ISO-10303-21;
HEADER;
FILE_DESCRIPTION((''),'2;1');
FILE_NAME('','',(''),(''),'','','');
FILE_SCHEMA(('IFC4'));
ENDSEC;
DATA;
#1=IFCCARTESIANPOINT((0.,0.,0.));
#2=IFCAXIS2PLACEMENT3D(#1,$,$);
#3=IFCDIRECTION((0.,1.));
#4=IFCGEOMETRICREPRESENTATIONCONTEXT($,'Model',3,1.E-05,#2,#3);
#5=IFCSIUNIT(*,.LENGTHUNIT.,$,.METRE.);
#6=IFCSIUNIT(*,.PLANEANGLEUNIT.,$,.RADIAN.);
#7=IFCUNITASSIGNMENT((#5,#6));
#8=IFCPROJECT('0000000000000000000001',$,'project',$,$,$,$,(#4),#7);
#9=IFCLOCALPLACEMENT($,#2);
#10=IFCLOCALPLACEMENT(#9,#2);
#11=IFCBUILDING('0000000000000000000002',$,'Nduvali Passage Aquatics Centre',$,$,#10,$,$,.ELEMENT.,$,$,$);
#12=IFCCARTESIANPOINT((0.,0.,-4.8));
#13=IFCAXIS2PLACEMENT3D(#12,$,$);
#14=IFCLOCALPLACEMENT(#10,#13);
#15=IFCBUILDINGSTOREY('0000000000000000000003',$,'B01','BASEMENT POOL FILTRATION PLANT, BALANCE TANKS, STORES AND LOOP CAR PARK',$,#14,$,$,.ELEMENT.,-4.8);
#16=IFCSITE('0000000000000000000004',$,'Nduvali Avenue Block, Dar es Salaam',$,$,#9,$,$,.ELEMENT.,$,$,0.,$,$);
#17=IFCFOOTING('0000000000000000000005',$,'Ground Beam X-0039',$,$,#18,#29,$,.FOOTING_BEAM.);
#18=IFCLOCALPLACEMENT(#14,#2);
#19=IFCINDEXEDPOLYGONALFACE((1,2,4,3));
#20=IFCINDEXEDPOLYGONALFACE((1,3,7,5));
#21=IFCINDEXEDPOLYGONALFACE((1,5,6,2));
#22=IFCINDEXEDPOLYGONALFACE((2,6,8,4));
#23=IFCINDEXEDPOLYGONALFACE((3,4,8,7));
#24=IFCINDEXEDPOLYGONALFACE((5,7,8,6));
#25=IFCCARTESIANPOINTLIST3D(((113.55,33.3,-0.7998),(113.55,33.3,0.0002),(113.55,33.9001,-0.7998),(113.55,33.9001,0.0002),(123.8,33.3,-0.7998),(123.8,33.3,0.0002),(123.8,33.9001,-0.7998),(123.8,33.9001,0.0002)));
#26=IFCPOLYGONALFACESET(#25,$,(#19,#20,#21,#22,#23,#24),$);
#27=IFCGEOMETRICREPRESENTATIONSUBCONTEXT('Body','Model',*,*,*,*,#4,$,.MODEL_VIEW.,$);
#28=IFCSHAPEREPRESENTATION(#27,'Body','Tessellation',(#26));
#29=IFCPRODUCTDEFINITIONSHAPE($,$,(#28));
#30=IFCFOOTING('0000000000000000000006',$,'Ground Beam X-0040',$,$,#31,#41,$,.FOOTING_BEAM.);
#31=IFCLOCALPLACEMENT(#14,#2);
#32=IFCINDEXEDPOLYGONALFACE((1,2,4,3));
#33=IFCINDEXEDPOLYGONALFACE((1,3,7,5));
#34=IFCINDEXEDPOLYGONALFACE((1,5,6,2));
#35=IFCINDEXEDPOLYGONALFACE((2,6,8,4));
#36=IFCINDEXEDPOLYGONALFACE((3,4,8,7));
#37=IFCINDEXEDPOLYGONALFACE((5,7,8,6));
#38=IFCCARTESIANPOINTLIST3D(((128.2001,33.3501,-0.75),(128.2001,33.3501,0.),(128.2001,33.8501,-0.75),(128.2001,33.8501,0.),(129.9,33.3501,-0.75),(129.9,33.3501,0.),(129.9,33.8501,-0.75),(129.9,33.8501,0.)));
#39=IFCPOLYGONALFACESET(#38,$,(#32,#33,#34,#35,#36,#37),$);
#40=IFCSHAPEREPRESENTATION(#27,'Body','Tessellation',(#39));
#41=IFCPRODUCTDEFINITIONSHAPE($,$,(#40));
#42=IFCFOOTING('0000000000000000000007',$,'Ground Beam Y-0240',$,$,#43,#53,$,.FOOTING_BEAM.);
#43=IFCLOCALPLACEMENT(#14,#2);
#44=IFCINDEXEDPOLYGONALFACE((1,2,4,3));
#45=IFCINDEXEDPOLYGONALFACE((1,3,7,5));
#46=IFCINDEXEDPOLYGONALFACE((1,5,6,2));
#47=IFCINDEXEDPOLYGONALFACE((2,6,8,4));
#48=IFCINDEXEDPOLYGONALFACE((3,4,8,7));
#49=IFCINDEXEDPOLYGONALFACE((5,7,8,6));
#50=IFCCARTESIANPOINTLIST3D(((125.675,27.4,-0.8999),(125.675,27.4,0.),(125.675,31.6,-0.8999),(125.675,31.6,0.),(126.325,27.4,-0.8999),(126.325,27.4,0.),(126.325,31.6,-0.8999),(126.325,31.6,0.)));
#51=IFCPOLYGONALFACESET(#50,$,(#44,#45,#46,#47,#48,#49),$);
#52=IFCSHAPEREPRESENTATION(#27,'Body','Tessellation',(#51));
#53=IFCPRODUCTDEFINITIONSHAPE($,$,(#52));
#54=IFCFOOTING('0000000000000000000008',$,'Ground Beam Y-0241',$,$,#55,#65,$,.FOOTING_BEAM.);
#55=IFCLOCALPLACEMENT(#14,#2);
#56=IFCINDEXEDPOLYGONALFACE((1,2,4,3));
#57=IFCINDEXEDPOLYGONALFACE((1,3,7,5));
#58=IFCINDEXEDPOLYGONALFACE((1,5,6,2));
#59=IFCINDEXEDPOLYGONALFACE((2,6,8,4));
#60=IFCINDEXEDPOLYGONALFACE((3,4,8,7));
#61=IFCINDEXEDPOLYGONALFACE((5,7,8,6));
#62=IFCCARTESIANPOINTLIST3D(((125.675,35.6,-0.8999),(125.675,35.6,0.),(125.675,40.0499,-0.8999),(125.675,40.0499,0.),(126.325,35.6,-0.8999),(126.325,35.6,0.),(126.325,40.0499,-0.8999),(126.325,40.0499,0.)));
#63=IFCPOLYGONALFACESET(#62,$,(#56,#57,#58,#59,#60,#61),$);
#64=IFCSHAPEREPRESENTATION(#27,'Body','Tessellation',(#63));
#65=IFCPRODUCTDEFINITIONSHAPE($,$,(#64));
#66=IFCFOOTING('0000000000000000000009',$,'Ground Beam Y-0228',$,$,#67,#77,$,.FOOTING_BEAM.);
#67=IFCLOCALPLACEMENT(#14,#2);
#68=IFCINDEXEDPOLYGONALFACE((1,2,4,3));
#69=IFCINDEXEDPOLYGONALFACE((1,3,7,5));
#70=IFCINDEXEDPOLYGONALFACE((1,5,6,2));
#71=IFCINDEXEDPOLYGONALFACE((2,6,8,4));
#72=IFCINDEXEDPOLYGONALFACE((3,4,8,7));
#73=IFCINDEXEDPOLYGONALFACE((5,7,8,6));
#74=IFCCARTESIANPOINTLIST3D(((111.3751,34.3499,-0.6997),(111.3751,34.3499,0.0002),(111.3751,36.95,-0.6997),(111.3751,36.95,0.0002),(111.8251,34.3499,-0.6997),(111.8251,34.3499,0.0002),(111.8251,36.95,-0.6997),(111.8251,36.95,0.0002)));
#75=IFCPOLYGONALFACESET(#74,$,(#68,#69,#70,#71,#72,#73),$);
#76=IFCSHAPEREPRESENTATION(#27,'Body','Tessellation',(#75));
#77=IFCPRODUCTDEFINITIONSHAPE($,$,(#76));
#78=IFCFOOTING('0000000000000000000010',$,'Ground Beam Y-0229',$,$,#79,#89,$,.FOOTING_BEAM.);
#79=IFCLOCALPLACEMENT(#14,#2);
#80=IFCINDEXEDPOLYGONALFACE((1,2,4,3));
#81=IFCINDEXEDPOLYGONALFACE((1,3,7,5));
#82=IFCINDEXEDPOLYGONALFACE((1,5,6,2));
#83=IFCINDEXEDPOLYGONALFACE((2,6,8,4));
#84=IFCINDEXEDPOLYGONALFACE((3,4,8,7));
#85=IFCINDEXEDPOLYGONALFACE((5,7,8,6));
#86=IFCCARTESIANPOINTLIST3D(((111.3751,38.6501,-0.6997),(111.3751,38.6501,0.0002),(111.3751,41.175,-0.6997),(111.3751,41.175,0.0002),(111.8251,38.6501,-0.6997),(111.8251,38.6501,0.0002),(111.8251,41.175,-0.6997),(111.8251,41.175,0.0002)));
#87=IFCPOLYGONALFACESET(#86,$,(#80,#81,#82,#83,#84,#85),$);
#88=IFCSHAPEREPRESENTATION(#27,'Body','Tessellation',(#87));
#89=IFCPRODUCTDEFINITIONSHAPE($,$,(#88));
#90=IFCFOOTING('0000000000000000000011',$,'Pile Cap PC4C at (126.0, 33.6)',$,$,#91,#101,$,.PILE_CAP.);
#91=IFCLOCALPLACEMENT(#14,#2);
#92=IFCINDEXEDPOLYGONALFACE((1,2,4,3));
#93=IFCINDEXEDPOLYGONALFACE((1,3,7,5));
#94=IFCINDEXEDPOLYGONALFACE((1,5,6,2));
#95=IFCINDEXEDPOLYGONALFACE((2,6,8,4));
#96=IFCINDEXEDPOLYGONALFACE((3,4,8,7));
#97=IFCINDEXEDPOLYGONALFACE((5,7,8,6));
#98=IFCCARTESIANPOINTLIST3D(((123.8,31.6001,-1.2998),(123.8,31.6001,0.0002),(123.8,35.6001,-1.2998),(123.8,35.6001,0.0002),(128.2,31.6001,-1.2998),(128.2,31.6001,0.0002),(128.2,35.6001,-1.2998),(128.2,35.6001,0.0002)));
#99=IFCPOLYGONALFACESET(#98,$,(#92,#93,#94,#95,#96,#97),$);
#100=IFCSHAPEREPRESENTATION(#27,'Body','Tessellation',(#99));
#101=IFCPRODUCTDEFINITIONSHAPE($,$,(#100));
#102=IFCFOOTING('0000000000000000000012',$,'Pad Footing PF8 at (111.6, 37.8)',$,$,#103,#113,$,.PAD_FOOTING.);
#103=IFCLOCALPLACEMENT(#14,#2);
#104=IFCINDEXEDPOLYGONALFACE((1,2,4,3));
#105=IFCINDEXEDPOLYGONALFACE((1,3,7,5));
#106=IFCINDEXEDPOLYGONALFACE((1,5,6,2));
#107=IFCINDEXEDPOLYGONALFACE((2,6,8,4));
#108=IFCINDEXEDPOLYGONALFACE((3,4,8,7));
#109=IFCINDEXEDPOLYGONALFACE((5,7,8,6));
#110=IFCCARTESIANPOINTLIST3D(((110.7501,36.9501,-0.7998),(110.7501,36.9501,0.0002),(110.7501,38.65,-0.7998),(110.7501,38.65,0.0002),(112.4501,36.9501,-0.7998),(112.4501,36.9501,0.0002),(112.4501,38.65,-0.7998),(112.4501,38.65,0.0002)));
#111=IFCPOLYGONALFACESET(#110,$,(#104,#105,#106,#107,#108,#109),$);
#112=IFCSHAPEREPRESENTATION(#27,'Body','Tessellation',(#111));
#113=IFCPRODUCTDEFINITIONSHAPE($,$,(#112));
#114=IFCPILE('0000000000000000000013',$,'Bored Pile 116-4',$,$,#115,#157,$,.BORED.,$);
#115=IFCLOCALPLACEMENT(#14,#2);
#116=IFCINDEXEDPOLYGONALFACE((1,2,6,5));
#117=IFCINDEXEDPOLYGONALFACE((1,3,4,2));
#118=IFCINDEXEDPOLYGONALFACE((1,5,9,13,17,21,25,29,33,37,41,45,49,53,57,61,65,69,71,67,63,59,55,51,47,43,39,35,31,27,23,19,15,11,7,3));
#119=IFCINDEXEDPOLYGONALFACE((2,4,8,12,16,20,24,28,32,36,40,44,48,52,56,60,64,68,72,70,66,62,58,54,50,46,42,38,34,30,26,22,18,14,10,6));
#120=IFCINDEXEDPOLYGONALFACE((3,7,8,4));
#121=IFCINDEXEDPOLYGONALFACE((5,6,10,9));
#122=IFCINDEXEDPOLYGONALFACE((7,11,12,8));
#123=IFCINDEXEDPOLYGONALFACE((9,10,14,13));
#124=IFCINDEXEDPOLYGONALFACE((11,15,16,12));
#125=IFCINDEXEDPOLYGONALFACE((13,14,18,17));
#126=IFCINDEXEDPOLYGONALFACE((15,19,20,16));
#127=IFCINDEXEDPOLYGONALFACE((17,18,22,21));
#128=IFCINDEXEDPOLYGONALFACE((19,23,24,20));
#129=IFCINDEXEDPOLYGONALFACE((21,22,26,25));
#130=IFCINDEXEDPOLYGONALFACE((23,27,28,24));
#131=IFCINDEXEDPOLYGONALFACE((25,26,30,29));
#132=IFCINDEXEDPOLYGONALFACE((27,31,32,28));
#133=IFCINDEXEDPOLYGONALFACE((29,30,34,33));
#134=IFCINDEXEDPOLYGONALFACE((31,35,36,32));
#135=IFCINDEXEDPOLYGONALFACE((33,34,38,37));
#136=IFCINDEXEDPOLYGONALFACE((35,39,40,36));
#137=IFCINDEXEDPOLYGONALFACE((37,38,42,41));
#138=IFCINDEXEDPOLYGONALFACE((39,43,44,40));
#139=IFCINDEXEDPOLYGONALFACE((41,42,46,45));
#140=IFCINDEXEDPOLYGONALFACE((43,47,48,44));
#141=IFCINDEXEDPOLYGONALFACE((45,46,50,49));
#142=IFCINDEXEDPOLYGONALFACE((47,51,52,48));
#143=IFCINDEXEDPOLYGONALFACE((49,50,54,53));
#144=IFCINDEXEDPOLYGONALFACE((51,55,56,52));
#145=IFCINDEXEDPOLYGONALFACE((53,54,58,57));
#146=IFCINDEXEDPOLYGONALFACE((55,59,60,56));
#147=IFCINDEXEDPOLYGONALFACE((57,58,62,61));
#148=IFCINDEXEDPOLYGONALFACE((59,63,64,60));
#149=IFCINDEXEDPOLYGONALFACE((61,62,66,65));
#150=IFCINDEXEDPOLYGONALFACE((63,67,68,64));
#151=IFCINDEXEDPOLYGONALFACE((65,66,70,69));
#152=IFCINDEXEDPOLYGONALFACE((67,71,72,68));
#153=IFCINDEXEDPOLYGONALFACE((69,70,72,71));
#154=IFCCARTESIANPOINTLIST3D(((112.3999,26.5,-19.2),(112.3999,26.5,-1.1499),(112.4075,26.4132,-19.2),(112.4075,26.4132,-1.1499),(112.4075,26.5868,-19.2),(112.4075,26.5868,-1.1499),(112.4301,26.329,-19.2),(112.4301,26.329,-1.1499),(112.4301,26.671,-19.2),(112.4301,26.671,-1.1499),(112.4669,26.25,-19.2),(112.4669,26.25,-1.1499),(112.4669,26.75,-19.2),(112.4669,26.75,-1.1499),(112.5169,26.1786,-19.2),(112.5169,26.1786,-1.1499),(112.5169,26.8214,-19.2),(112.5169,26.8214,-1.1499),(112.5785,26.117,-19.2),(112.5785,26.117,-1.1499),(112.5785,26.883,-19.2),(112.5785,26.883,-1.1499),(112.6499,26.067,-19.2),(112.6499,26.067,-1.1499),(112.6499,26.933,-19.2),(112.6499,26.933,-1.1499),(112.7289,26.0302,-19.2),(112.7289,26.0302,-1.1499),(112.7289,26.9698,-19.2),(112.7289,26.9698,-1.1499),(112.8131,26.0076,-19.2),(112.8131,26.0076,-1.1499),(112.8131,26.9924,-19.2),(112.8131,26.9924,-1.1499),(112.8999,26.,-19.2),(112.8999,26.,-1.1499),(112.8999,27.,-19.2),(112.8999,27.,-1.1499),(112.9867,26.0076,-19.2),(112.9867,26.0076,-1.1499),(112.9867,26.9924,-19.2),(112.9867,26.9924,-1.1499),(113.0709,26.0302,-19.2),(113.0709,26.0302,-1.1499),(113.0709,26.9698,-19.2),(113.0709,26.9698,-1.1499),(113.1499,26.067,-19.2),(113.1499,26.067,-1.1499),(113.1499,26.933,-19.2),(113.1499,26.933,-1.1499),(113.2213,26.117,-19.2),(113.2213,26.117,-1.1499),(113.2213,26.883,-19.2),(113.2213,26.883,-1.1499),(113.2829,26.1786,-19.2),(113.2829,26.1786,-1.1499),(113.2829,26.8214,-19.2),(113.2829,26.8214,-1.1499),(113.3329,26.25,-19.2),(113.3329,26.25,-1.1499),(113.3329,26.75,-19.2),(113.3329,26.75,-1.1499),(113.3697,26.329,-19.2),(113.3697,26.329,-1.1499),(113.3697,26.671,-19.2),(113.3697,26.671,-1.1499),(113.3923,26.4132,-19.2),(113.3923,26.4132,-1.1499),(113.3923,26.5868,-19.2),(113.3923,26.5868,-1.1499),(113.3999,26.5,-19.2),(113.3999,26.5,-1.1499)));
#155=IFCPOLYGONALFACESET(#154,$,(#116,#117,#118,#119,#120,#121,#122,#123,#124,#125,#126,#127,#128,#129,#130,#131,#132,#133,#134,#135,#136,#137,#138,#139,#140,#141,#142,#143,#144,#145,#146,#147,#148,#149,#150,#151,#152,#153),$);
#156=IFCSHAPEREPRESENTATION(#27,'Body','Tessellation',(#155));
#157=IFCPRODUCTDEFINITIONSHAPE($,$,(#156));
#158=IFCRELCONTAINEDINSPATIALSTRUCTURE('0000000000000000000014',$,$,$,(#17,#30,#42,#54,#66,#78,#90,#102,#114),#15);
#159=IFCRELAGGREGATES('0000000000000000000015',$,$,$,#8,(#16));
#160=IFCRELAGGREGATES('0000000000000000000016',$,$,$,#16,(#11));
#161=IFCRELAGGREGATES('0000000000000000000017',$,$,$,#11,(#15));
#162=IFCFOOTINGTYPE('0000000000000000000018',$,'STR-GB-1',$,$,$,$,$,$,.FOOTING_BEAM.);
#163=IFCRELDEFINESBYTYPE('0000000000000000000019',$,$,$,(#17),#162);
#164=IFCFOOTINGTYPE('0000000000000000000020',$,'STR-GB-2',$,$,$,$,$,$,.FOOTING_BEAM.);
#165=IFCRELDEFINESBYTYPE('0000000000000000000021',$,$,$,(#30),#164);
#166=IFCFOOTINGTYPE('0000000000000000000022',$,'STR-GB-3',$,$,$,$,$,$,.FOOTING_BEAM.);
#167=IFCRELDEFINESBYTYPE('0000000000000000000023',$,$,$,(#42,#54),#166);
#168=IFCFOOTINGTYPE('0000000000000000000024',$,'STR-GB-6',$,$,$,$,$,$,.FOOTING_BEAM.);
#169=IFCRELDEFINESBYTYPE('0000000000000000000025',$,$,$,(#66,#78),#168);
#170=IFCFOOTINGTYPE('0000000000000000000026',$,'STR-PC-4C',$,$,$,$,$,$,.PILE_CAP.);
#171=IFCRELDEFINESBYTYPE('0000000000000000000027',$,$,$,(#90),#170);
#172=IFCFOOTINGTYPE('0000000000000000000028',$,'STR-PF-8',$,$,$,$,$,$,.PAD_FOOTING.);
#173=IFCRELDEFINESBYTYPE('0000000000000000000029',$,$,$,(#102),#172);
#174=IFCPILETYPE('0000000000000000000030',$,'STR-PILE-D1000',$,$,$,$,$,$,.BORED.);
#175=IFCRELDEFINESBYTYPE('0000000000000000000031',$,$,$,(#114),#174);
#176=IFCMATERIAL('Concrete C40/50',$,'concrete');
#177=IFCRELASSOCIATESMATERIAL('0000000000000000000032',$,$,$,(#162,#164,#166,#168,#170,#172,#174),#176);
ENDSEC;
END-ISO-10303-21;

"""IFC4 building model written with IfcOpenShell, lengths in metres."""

from ifc_helpers import new_model, si_unit, direction, frame, origin, origin_2d, place, context, subcontext, project, spatial, rectangle, circle, extrude, material, material_profile, profile_set, type_object, element, save


model = new_model("IFC4")

# Units and contexts
model_context = context("Model", 3, precision=1e-05, world=origin(), true_north=direction((0.0, 1.0)))
body_context = subcontext(model_context, "Body", "Model", "MODEL_VIEW")
ifc_project = project(units=[si_unit("LENGTHUNIT", "METRE"), si_unit("PLANEANGLEUNIT", "RADIAN")], contexts=[model_context])

# Site, building, storey
site_placement = place(None, origin())
site = spatial("IfcSite", under=ifc_project, at=site_placement, Name="Nduvali Avenue Block, Dar es Salaam", CompositionType="ELEMENT", RefElevation=0.0)
building_placement = place(site_placement, origin())
building = spatial("IfcBuilding", under=site, at=building_placement, Name="Nduvali Passage Aquatics Centre", CompositionType="ELEMENT")
storey_placement = place(building_placement, frame((0.0, 0.0, -4.8)))
storey = spatial("IfcBuildingStorey", under=building, at=storey_placement, Name="B01", Description="BASEMENT POOL FILTRATION PLANT, BALANCE TANKS, STORES AND LOOP CAR PARK", CompositionType="ELEMENT", Elevation=-4.8)

# Footings
ifc_material = material(Name="Concrete C40/50", Category="concrete")
footing_type_1 = type_object("IfcFootingType", Name="STR-GB-1", PredefinedType="FOOTING_BEAM", material=ifc_material)
footing_1_placement = place(storey_placement, frame((118.675, 33.6001, -0.7998), z_axis=(0.0, 0.0, 1.0), x_axis=(1.0, 0.0, 0.0)))
element("IfcFooting", 1, at=footing_1_placement, inside=storey, type_object=footing_type_1, Name="Ground Beam X-0039", PredefinedType="FOOTING_BEAM", context=body_context, shape_type="SweptSolid", body=[
    extrude(rectangle(XDim=10.25, YDim=0.6001, at=origin_2d()), origin(), (0.0, 0.0, 1.0), 0.8),
])
footing_type_2 = type_object("IfcFootingType", Name="STR-GB-2", PredefinedType="FOOTING_BEAM", material=ifc_material)
footing_2_placement = place(storey_placement, frame((129.05, 33.6001, -0.75), z_axis=(0.0, 0.0, 1.0), x_axis=(1.0, 0.0, 0.0)))
element("IfcFooting", 2, at=footing_2_placement, inside=storey, type_object=footing_type_2, Name="Ground Beam X-0040", PredefinedType="FOOTING_BEAM", context=body_context, shape_type="SweptSolid", body=[
    extrude(rectangle(XDim=1.7, YDim=0.5, at=origin_2d()), origin(), (0.0, 0.0, 1.0), 0.75),
])
footing_type_3 = type_object("IfcFootingType", Name="STR-GB-3", PredefinedType="FOOTING_BEAM", material=ifc_material)
footing_3_placement = place(storey_placement, frame((126.0, 29.5, -0.8999), z_axis=(0.0, 0.0, 1.0), x_axis=(0.0, 1.0, 0.0)))
element("IfcFooting", 3, at=footing_3_placement, inside=storey, type_object=footing_type_3, Name="Ground Beam Y-0240", PredefinedType="FOOTING_BEAM", context=body_context, shape_type="SweptSolid", body=[
    extrude(rectangle(XDim=4.2, YDim=0.6499, at=origin_2d()), origin(), (0.0, 0.0, 1.0), 0.8999),
])
footing_4_placement = place(storey_placement, frame((126.0, 37.825, -0.8999), z_axis=(0.0, 0.0, 1.0), x_axis=(0.0, 1.0, 0.0)))
element("IfcFooting", 4, at=footing_4_placement, inside=storey, type_object=footing_type_3, Name="Ground Beam Y-0241", PredefinedType="FOOTING_BEAM", context=body_context, shape_type="SweptSolid", body=[
    extrude(rectangle(XDim=4.45, YDim=0.6499, at=origin_2d()), origin(), (0.0, 0.0, 1.0), 0.8999),
])
footing_type_4 = type_object("IfcFootingType", Name="STR-GB-6", PredefinedType="FOOTING_BEAM", material=ifc_material)
footing_5_placement = place(storey_placement, frame((111.6001, 35.6499, -0.6997), z_axis=(0.0, 0.0, 1.0), x_axis=(0.0, 1.0, 0.0)))
element("IfcFooting", 5, at=footing_5_placement, inside=storey, type_object=footing_type_4, Name="Ground Beam Y-0228", PredefinedType="FOOTING_BEAM", context=body_context, shape_type="SweptSolid", body=[
    extrude(rectangle(XDim=2.6001, YDim=0.45, at=origin_2d()), origin(), (0.0, 0.0, 1.0), 0.7),
])
footing_6_placement = place(storey_placement, frame((111.6001, 39.9126, -0.6997), z_axis=(0.0, 0.0, 1.0), x_axis=(0.0, 1.0, 0.0)))
element("IfcFooting", 6, at=footing_6_placement, inside=storey, type_object=footing_type_4, Name="Ground Beam Y-0229", PredefinedType="FOOTING_BEAM", context=body_context, shape_type="SweptSolid", body=[
    extrude(rectangle(XDim=2.5249, YDim=0.45, at=origin_2d()), origin(), (0.0, 0.0, 1.0), 0.7),
])
footing_type_5 = type_object("IfcFootingType", Name="STR-PC-4C", PredefinedType="PILE_CAP", material=ifc_material)
footing_7_placement = place(storey_placement, frame((126.0, 33.6001, -1.2998), z_axis=(0.0, 0.0, 1.0), x_axis=(1.0, 0.0, 0.0)))
element("IfcFooting", 7, at=footing_7_placement, inside=storey, type_object=footing_type_5, Name="Pile Cap PC4C at (126.0, 33.6)", PredefinedType="PILE_CAP", context=body_context, shape_type="SweptSolid", body=[
    extrude(rectangle(XDim=4.3999, YDim=4.0, at=origin_2d()), origin(), (0.0, 0.0, 1.0), 1.3),
])
footing_type_6 = type_object("IfcFootingType", Name="STR-PF-8", PredefinedType="PAD_FOOTING", material=ifc_material)
footing_8_placement = place(storey_placement, frame((111.6001, 37.8, -0.7998), z_axis=(0.0, 0.0, 1.0), x_axis=(1.0, 0.0, 0.0)))
element("IfcFooting", 8, at=footing_8_placement, inside=storey, type_object=footing_type_6, Name="Pad Footing PF8 at (111.6, 37.8)", PredefinedType="PAD_FOOTING", context=body_context, shape_type="SweptSolid", body=[
    extrude(rectangle(XDim=1.7, YDim=1.7, at=origin_2d()), origin(), (0.0, 0.0, 1.0), 0.8),
])

# Pile
ifc_material_profile_1 = material_profile(ifc_material, circle(Radius=0.5, at=origin_2d()), Name="PILE D1000")
ifc_profile_set_1 = profile_set([ifc_material_profile_1], Name="Concrete C40/50")
pile_type_1 = type_object("IfcPileType", Name="STR-PILE-D1000", PredefinedType="BORED", material=ifc_profile_set_1)
pile_1_placement = place(storey_placement, frame((112.8999, 26.5, -1.1499), z_axis=(0.0, 0.0, -1.0), x_axis=(1.0, 0.0, 0.0)))
element("IfcPile", 9, at=pile_1_placement, inside=storey, type_object=pile_type_1, Name="Bored Pile 116-4", PredefinedType="BORED", context=body_context, shape_type="SweptSolid", body=[
    extrude(circle(Radius=0.5, at=origin_2d()), origin(), (0.0, 0.0, 1.0), 18.05),
])

save(model, "model.ifc")
